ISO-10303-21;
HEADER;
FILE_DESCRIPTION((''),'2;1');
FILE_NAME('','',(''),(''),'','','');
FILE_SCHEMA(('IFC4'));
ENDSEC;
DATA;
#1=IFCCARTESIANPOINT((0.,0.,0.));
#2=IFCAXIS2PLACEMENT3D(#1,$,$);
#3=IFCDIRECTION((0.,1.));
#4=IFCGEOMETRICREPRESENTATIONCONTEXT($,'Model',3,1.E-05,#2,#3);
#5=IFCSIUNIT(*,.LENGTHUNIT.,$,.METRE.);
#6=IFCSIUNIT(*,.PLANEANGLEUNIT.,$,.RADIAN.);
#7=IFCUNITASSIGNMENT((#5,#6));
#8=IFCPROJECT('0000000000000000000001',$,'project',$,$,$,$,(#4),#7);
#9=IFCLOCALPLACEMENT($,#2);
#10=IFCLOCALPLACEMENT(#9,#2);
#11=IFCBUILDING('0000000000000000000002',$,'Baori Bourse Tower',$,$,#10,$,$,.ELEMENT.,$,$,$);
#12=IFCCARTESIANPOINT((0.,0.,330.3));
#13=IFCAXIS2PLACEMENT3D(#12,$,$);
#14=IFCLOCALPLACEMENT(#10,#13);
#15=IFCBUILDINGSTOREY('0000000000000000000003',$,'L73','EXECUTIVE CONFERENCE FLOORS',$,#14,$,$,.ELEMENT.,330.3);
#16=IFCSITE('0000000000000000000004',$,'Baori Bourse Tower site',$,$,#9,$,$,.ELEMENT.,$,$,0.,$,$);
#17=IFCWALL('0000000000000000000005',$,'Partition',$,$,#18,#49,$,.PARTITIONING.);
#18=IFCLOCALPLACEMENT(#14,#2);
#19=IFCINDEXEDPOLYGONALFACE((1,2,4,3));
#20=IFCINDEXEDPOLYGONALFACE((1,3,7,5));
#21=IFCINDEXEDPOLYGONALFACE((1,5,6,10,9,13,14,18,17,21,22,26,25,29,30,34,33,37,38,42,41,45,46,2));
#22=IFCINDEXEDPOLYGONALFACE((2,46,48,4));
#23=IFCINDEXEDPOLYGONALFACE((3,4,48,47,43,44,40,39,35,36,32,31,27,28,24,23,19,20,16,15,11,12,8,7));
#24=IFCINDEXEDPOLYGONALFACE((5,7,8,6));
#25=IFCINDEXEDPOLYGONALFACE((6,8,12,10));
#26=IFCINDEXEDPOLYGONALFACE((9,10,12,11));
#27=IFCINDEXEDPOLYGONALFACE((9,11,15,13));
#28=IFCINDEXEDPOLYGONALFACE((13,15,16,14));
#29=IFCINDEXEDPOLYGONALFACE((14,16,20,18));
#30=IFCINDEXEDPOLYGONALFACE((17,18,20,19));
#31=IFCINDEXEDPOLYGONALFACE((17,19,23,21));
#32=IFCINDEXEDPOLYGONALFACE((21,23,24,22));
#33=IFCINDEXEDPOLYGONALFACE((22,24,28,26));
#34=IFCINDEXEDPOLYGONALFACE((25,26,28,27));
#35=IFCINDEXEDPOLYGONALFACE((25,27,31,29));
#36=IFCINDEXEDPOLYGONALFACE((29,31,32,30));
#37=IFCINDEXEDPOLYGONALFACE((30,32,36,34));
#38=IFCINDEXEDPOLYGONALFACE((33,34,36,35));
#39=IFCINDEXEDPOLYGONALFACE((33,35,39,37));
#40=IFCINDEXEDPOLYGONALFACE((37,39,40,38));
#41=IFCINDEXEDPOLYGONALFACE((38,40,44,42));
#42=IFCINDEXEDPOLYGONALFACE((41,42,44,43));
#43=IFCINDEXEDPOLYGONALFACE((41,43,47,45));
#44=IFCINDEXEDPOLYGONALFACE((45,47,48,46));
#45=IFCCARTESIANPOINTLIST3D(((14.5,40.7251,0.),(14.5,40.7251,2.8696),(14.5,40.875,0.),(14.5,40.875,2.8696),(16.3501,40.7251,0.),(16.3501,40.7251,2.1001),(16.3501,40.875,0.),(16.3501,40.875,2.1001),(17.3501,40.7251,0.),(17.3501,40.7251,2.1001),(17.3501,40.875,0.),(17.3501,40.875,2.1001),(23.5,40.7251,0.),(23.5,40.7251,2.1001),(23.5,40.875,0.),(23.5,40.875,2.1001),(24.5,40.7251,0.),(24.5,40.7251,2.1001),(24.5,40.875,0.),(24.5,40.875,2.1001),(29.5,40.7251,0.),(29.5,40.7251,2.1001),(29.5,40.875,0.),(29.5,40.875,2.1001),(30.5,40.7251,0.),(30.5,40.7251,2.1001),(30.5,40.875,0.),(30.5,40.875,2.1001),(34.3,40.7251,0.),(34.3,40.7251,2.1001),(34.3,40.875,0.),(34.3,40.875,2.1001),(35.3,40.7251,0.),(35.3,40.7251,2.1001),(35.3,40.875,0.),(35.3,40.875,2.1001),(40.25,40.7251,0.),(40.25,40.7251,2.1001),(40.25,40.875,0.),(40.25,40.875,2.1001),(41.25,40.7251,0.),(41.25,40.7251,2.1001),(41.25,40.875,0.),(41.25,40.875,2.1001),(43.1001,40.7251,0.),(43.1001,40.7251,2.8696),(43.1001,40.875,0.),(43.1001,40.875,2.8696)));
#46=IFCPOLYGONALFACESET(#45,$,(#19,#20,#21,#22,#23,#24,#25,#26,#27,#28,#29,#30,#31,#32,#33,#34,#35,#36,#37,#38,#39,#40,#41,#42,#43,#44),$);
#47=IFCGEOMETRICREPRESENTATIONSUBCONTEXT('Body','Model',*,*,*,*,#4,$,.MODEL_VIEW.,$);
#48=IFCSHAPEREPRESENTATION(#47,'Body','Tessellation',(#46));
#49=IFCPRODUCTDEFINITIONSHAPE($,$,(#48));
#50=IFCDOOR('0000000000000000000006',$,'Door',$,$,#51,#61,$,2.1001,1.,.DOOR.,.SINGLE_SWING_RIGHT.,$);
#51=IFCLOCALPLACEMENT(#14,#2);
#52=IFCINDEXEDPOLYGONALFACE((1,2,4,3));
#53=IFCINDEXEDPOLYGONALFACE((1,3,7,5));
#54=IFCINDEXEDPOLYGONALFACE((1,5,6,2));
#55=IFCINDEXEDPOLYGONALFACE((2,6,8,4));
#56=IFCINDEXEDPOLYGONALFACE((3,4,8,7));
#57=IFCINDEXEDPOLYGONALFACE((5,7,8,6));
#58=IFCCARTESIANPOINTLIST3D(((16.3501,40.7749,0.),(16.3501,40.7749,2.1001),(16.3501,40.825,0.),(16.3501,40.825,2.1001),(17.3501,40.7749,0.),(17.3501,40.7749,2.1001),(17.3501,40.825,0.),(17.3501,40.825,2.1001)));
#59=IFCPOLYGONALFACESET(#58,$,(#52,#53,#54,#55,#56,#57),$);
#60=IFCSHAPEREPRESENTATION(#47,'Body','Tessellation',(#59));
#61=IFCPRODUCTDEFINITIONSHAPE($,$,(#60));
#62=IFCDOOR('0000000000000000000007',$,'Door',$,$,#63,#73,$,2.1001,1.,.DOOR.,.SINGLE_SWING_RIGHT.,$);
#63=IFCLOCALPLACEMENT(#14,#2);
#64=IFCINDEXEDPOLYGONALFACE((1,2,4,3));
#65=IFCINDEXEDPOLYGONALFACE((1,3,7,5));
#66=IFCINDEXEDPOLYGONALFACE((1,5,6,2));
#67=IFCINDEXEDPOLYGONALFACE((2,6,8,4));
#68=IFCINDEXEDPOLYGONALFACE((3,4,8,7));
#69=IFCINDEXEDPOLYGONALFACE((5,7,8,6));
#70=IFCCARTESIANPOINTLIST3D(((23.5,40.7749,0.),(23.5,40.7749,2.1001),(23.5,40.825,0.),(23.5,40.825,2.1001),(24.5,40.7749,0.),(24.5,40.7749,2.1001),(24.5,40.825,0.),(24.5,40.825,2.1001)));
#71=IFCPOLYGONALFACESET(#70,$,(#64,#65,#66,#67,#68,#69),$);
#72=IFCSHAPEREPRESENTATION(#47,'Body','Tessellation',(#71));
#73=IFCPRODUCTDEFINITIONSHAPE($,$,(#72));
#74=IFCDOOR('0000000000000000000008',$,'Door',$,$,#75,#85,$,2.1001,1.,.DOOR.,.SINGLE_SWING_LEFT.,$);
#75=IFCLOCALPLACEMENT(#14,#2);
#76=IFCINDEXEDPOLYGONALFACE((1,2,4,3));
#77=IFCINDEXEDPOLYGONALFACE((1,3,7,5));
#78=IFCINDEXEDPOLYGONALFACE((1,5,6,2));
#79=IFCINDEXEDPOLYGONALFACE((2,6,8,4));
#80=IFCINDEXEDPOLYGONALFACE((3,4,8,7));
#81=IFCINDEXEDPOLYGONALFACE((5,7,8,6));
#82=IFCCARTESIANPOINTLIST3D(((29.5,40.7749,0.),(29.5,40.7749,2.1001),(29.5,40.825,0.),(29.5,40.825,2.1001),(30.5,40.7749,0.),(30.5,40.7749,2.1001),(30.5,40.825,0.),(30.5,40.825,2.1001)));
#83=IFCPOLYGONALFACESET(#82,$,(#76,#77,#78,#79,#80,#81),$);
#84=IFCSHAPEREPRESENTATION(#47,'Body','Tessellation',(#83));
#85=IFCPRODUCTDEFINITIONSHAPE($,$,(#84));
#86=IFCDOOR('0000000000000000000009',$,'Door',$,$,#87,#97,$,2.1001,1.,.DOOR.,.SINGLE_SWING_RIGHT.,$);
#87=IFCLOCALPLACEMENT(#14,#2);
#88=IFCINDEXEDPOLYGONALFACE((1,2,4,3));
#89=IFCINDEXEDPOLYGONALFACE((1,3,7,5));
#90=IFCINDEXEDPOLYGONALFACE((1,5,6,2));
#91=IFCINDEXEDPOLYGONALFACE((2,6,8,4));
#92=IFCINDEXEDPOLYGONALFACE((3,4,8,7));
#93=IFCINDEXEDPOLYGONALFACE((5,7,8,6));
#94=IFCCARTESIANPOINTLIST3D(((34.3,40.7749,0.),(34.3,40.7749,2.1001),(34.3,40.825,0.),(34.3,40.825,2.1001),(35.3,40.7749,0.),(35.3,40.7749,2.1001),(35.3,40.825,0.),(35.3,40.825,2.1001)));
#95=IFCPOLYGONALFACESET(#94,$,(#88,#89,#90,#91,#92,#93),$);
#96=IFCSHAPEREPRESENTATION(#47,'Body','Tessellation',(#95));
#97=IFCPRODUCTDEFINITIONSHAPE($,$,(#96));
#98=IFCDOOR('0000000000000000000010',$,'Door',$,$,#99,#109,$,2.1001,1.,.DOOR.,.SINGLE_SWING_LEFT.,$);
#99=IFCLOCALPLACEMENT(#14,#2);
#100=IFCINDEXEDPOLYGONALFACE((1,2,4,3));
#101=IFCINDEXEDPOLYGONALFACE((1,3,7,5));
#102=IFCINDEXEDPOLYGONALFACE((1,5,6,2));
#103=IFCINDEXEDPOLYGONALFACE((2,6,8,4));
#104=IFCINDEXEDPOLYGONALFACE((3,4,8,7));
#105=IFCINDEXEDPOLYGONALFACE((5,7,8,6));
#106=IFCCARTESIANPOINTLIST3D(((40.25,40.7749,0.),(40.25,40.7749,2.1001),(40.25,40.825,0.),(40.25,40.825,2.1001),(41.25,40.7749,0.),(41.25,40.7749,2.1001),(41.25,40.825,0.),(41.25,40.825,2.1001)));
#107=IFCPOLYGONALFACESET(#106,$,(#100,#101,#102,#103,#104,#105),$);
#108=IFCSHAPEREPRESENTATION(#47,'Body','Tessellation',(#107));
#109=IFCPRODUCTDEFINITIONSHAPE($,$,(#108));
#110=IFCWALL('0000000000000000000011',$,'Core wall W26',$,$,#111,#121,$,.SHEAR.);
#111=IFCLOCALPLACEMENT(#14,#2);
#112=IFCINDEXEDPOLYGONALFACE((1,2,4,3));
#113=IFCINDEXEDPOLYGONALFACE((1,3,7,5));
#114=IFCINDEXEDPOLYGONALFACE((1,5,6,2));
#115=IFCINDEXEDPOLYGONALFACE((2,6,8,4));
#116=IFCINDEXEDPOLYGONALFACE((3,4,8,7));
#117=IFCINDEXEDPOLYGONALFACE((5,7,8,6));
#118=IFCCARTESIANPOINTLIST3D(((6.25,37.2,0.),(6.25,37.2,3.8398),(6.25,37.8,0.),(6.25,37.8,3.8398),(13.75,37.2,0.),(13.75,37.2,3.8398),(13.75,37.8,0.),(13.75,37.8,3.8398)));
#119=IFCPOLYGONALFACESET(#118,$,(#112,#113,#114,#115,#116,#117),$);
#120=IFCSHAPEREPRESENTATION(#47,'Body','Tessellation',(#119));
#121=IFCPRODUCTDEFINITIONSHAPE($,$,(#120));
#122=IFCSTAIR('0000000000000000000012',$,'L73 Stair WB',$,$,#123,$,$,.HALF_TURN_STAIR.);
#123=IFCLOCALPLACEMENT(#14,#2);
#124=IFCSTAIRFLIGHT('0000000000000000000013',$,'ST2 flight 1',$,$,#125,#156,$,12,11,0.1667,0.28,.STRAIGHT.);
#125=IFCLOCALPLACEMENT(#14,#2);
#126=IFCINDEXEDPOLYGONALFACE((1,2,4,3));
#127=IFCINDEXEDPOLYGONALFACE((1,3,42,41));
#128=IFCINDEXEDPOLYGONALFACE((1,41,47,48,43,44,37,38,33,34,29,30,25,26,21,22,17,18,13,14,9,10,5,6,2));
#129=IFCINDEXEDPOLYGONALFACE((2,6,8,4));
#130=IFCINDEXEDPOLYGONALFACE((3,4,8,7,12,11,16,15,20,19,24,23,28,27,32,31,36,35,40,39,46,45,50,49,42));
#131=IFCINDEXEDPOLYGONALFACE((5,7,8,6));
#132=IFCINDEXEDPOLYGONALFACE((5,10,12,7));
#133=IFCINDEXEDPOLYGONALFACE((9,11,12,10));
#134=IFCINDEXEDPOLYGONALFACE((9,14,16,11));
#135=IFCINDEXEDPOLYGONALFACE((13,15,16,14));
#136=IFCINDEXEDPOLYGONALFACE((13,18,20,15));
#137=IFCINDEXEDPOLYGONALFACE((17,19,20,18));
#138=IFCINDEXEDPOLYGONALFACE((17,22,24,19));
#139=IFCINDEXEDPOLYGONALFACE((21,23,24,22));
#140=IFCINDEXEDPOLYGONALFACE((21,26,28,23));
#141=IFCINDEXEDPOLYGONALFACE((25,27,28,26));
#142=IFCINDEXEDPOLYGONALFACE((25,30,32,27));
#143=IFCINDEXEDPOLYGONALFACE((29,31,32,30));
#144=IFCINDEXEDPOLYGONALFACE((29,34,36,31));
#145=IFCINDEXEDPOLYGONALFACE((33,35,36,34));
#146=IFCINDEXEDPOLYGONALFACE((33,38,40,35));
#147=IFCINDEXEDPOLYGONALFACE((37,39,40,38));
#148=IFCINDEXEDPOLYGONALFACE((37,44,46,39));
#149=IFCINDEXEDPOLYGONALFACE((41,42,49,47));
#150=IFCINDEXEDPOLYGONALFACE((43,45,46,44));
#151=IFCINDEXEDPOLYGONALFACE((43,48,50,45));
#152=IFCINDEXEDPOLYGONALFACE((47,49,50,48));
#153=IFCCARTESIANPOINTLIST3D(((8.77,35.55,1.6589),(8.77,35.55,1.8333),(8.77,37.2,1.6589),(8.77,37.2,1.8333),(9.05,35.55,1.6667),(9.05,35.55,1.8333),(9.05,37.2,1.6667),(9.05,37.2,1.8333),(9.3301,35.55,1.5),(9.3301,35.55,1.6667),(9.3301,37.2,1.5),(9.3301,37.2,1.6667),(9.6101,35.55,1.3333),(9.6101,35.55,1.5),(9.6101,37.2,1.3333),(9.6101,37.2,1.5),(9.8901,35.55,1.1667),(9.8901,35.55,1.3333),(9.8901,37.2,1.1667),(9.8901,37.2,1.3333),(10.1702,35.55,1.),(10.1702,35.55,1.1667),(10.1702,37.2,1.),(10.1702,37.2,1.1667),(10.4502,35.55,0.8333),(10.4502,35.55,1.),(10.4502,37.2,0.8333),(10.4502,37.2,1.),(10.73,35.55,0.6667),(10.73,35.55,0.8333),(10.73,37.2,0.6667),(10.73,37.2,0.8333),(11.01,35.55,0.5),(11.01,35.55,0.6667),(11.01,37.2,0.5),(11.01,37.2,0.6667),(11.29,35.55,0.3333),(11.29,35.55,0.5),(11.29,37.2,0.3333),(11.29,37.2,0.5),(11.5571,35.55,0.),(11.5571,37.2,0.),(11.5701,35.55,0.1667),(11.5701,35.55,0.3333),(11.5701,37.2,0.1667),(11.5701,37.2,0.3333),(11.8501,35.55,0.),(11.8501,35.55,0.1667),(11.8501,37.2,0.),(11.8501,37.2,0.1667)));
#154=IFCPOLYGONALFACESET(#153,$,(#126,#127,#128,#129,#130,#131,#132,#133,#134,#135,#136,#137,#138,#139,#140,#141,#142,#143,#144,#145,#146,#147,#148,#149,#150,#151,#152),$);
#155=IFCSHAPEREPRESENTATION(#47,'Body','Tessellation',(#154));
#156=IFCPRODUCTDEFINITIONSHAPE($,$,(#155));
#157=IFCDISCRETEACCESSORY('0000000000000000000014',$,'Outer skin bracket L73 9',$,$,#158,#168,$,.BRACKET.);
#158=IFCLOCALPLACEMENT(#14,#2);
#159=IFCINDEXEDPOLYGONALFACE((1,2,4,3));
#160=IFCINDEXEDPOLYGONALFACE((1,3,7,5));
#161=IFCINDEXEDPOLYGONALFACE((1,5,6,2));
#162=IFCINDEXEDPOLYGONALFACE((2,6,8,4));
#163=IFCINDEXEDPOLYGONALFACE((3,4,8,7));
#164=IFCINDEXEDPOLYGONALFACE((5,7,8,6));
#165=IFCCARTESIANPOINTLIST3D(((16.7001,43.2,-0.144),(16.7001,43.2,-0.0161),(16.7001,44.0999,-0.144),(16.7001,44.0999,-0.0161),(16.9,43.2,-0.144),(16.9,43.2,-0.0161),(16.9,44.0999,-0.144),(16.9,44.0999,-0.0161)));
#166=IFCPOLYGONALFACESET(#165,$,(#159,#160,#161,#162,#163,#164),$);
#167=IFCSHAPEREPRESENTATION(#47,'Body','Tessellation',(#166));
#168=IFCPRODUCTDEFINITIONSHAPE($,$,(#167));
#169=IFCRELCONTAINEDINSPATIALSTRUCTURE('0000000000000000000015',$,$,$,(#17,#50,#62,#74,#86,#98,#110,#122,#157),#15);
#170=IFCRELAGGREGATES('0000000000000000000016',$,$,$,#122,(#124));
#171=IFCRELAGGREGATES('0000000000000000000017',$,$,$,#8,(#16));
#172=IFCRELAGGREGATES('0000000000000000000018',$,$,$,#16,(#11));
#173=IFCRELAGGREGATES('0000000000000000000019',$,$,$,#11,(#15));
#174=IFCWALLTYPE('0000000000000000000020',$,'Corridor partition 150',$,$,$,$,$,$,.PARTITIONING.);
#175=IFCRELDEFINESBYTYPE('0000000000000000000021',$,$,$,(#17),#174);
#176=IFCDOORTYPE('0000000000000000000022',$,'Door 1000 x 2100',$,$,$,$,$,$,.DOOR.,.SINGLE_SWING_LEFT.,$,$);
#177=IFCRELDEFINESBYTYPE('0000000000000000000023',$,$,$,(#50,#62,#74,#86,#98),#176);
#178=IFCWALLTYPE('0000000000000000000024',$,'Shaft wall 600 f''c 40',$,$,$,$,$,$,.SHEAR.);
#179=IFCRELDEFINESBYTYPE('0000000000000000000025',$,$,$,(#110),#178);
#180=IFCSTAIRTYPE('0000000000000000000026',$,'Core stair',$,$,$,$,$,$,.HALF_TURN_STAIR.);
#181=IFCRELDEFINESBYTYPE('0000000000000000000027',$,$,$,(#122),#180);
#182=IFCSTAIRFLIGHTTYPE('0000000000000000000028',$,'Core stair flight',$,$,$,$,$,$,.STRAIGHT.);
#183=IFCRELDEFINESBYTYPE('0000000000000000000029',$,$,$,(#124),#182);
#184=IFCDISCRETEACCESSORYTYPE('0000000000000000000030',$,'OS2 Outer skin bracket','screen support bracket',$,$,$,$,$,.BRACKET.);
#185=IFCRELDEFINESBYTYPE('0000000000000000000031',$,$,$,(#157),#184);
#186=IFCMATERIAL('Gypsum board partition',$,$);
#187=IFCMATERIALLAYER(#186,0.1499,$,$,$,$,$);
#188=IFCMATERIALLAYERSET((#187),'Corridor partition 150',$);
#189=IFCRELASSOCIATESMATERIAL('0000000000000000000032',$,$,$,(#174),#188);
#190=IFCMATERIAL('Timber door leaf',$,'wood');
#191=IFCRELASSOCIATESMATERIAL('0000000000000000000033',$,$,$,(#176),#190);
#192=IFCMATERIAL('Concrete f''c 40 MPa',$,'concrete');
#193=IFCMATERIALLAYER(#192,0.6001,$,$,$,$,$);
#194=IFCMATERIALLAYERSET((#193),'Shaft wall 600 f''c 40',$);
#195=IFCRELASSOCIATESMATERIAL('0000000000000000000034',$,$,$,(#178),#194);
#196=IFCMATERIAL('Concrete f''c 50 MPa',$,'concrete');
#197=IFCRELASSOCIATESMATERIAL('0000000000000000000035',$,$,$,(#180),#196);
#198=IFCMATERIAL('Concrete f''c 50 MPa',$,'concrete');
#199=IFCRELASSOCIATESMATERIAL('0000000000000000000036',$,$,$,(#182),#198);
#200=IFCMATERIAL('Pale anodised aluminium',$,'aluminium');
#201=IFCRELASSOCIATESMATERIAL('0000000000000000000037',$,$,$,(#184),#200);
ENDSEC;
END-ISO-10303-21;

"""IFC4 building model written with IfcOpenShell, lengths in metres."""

from ifc_helpers import new_model, si_unit, direction, frame, frame_2d, origin, origin_2d, place, context, subcontext, project, spatial, polyline, rectangle, outline, extrude, material, layer, layer_set, type_object, element, fill, aggregate, save


model = new_model("IFC4")

# Units and contexts
model_context = context("Model", 3, precision=1e-05, world=origin(), true_north=direction((0.0, 1.0)))
body_context = subcontext(model_context, "Body", "Model", "MODEL_VIEW")
ifc_project = project(units=[si_unit("LENGTHUNIT", "METRE"), si_unit("PLANEANGLEUNIT", "RADIAN")], contexts=[model_context])

# Site, building, storey
site_placement = place(None, origin())
site = spatial("IfcSite", under=ifc_project, at=site_placement, Name="Baori Bourse Tower site", CompositionType="ELEMENT", RefElevation=0.0)
building_placement = place(site_placement, origin())
building = spatial("IfcBuilding", under=site, at=building_placement, Name="Baori Bourse Tower", CompositionType="ELEMENT")
storey_placement = place(building_placement, frame((0.0, 0.0, 330.3)))
storey = spatial("IfcBuildingStorey", under=building, at=storey_placement, Name="L73", Description="EXECUTIVE CONFERENCE FLOORS", CompositionType="ELEMENT", Elevation=330.3)

# Wall, openings, doors
ifc_material_1 = material(Name="Gypsum board partition")
ifc_layer_1 = layer(ifc_material_1, 0.1499)
ifc_layer_set_1 = layer_set([ifc_layer_1], Name="Corridor partition 150")
wall_type_1 = type_object("IfcWallType", Name="Corridor partition 150", PredefinedType="PARTITIONING", material=ifc_layer_set_1)
wall_1_placement = place(storey_placement, frame((14.5, 40.8, 0.0), z_axis=(0.0, 0.0, 1.0), x_axis=(1.0, 0.0, 0.0)))
wall_1 = element("IfcWall", 1, at=wall_1_placement, inside=storey, type_object=wall_type_1, Name="Partition", PredefinedType="PARTITIONING", context=body_context, shape_type="SweptSolid", body=[
    extrude(rectangle(XDim=28.6001, YDim=0.1499, at=frame_2d((14.3, 0.0))), origin(), (0.0, 0.0, 1.0), 2.8696),
])
opening_1_placement = place(wall_1_placement, frame((1.8501, 0.0, 0.0)))
opening_1 = element("IfcOpeningElement", 2, at=opening_1_placement, cuts=wall_1, PredefinedType="OPENING", context=body_context, shape_type="SweptSolid", body=[
    extrude(rectangle(XDim=1.0, YDim=2.1001, at=frame_2d((0.5, 1.05))), frame((0.0, 0.085, 0.0), z_axis=(0.0, -1.0, 0.0), x_axis=(1.0, 0.0, 0.0)), (0.0, 0.0, 1.0), 0.1699),
])
opening_2_placement = place(wall_1_placement, frame((9.0, 0.0, 0.0)))
opening_2 = element("IfcOpeningElement", 3, at=opening_2_placement, cuts=wall_1, PredefinedType="OPENING", context=body_context, shape_type="SweptSolid", body=[
    extrude(rectangle(XDim=1.0, YDim=2.1001, at=frame_2d((0.5, 1.05))), frame((0.0, 0.085, 0.0), z_axis=(0.0, -1.0, 0.0), x_axis=(1.0, 0.0, 0.0)), (0.0, 0.0, 1.0), 0.1699),
])
opening_3_placement = place(wall_1_placement, frame((15.0, 0.0, 0.0)))
opening_3 = element("IfcOpeningElement", 4, at=opening_3_placement, cuts=wall_1, PredefinedType="OPENING", context=body_context, shape_type="SweptSolid", body=[
    extrude(rectangle(XDim=1.0, YDim=2.1001, at=frame_2d((0.5, 1.05))), frame((0.0, 0.085, 0.0), z_axis=(0.0, -1.0, 0.0), x_axis=(1.0, 0.0, 0.0)), (0.0, 0.0, 1.0), 0.1699),
])
opening_4_placement = place(wall_1_placement, frame((19.8, 0.0, 0.0)))
opening_4 = element("IfcOpeningElement", 5, at=opening_4_placement, cuts=wall_1, PredefinedType="OPENING", context=body_context, shape_type="SweptSolid", body=[
    extrude(rectangle(XDim=1.0, YDim=2.1001, at=frame_2d((0.5, 1.05))), frame((0.0, 0.085, 0.0), z_axis=(0.0, -1.0, 0.0), x_axis=(1.0, 0.0, 0.0)), (0.0, 0.0, 1.0), 0.1699),
])
opening_5_placement = place(wall_1_placement, frame((25.75, 0.0, 0.0)))
opening_5 = element("IfcOpeningElement", 6, at=opening_5_placement, cuts=wall_1, PredefinedType="OPENING", context=body_context, shape_type="SweptSolid", body=[
    extrude(rectangle(XDim=1.0, YDim=2.1001, at=frame_2d((0.5, 1.05))), frame((0.0, 0.085, 0.0), z_axis=(0.0, -1.0, 0.0), x_axis=(1.0, 0.0, 0.0)), (0.0, 0.0, 1.0), 0.1699),
])
ifc_material_2 = material(Name="Timber door leaf", Category="wood")
door_type_1 = type_object("IfcDoorType", Name="Door 1000 x 2100", OperationType="SINGLE_SWING_LEFT", PredefinedType="DOOR", material=ifc_material_2)
door_1_placement = place(opening_1_placement, origin())
door_1 = element("IfcDoor", 7, at=door_1_placement, inside=storey, type_object=door_type_1, Name="Door", OperationType="SINGLE_SWING_RIGHT", OverallHeight=2.1001, OverallWidth=1.0, PredefinedType="DOOR", context=body_context, shape_type="SweptSolid", body=[
    extrude(rectangle(XDim=1.0, YDim=2.1001, at=frame_2d((0.5, 1.05))), frame((0.0, 0.0249, 0.0), z_axis=(0.0, -1.0, 0.0), x_axis=(1.0, 0.0, 0.0)), (0.0, 0.0, 1.0), 0.05),
])
fill(opening_1, door_1)
door_2_placement = place(opening_2_placement, origin())
door_2 = element("IfcDoor", 8, at=door_2_placement, inside=storey, type_object=door_type_1, Name="Door", OperationType="SINGLE_SWING_RIGHT", OverallHeight=2.1001, OverallWidth=1.0, PredefinedType="DOOR", context=body_context, shape_type="SweptSolid", body=[
    extrude(rectangle(XDim=1.0, YDim=2.1001, at=frame_2d((0.5, 1.05))), frame((0.0, 0.0249, 0.0), z_axis=(0.0, -1.0, 0.0), x_axis=(1.0, 0.0, 0.0)), (0.0, 0.0, 1.0), 0.05),
])
fill(opening_2, door_2)
door_3_placement = place(opening_3_placement, origin())
door_3 = element("IfcDoor", 9, at=door_3_placement, inside=storey, type_object=door_type_1, Name="Door", OperationType="SINGLE_SWING_LEFT", OverallHeight=2.1001, OverallWidth=1.0, PredefinedType="DOOR", context=body_context, shape_type="SweptSolid", body=[
    extrude(rectangle(XDim=1.0, YDim=2.1001, at=frame_2d((0.5, 1.05))), frame((0.0, 0.0249, 0.0), z_axis=(0.0, -1.0, 0.0), x_axis=(1.0, 0.0, 0.0)), (0.0, 0.0, 1.0), 0.05),
])
fill(opening_3, door_3)
door_4_placement = place(opening_4_placement, origin())
door_4 = element("IfcDoor", 10, at=door_4_placement, inside=storey, type_object=door_type_1, Name="Door", OperationType="SINGLE_SWING_RIGHT", OverallHeight=2.1001, OverallWidth=1.0, PredefinedType="DOOR", context=body_context, shape_type="SweptSolid", body=[
    extrude(rectangle(XDim=1.0, YDim=2.1001, at=frame_2d((0.5, 1.05))), frame((0.0, 0.0249, 0.0), z_axis=(0.0, -1.0, 0.0), x_axis=(1.0, 0.0, 0.0)), (0.0, 0.0, 1.0), 0.05),
])
fill(opening_4, door_4)
door_5_placement = place(opening_5_placement, origin())
door_5 = element("IfcDoor", 11, at=door_5_placement, inside=storey, type_object=door_type_1, Name="Door", OperationType="SINGLE_SWING_LEFT", OverallHeight=2.1001, OverallWidth=1.0, PredefinedType="DOOR", context=body_context, shape_type="SweptSolid", body=[
    extrude(rectangle(XDim=1.0, YDim=2.1001, at=frame_2d((0.5, 1.05))), frame((0.0, 0.0249, 0.0), z_axis=(0.0, -1.0, 0.0), x_axis=(1.0, 0.0, 0.0)), (0.0, 0.0, 1.0), 0.05),
])
fill(opening_5, door_5)

# Wall
ifc_material_3 = material(Name="Concrete f'c 40 MPa", Category="concrete")
ifc_layer_2 = layer(ifc_material_3, 0.6001)
ifc_layer_set_2 = layer_set([ifc_layer_2], Name="Shaft wall 600 f'c 40")
wall_type_2 = type_object("IfcWallType", Name="Shaft wall 600 f'c 40", PredefinedType="SHEAR", material=ifc_layer_set_2)
wall_2_placement = place(storey_placement, frame((6.25, 37.5, 0.0), z_axis=(0.0, 0.0, 1.0), x_axis=(1.0, 0.0, 0.0)))
element("IfcWall", 12, at=wall_2_placement, inside=storey, type_object=wall_type_2, Name="Core wall W26", PredefinedType="SHEAR", context=body_context, shape_type="SweptSolid", body=[
    extrude(rectangle(XDim=7.5, YDim=0.6001, at=frame_2d((3.75, 0.0))), origin(), (0.0, 0.0, 1.0), 3.8398),
])

# Stair, stair flight
ifc_material_4 = material(Name="Concrete f'c 50 MPa", Category="concrete")
stair_type = type_object("IfcStairType", Name="Core stair", PredefinedType="HALF_TURN_STAIR", material=ifc_material_4)
stair_placement = place(storey_placement, origin())
stair = element("IfcStair", 13, at=stair_placement, inside=storey, type_object=stair_type, Name="L73 Stair WB", PredefinedType="HALF_TURN_STAIR")
ifc_material_5 = material(Name="Concrete f'c 50 MPa", Category="concrete")
stair_flight_type = type_object("IfcStairFlightType", Name="Core stair flight", PredefinedType="STRAIGHT", material=ifc_material_5)
stair_flight_placement = place(storey_placement, frame((11.8501, 36.375, 0.0), z_axis=(0.0, 0.0, 1.0), x_axis=(-1.0, 0.0, 0.0)))
stair_flight = element("IfcStairFlight", 14, at=stair_flight_placement, type_object=stair_flight_type, Name="ST2 flight 1", NumberOfRisers=12, NumberOfTreads=11, PredefinedType="STRAIGHT", RiserHeight=0.1667, TreadLength=0.28, context=body_context, shape_type="SweptSolid", body=[
    extrude(outline(polyline([(0.0, 0.0), (0.0, 0.1667), (0.28, 0.1667), (0.28, 0.3333), (0.5601, 0.3333), (0.5601, 0.5), (0.8401, 0.5), (0.8401, 0.6667), (1.1201, 0.6667), (1.1201, 0.8333), (1.3999, 0.8333), (1.3999, 1.0), (1.6799, 1.0), (1.6799, 1.1667), (1.96, 1.1667), (1.96, 1.3333), (2.24, 1.3333), (2.24, 1.5), (2.52, 1.5), (2.52, 1.6667), (2.8, 1.6667), (2.8, 1.8333), (3.0801, 1.8333), (3.0801, 2.0), (3.0801, 1.6589), (0.293, 0.0), (0.0, 0.0)])), frame((0.0, 0.825, 0.0), z_axis=(0.0, -1.0, 0.0), x_axis=(1.0, 0.0, 0.0)), (0.0, 0.0, 1.0), 1.6499),
])
aggregate(stair, [stair_flight])

# Discrete accessory
ifc_material_6 = material(Name="Pale anodised aluminium", Category="aluminium")
discrete_accessory_type = type_object("IfcDiscreteAccessoryType", Name="OS2 Outer skin bracket", Description="screen support bracket", PredefinedType="BRACKET", material=ifc_material_6)
for number, where, z_axis, x_axis, name in (
    (15, (16.8, 43.6499, -0.144), (0.0, 0.0, 1.0), (-1.0, 0.0, 0.0), "Outer skin bracket L73 9"),
):
    element("IfcDiscreteAccessory", number, at=place(storey_placement, frame(where, z_axis=z_axis, x_axis=x_axis)), inside=storey, type_object=discrete_accessory_type, Name=name, PredefinedType="BRACKET", context=body_context, shape_type="SweptSolid", body=[
        extrude(rectangle(XDim=0.2, YDim=0.8999, at=origin_2d()), origin(), (0.0, 0.0, 1.0), 0.1279),
    ])

save(model, "model.ifc")
